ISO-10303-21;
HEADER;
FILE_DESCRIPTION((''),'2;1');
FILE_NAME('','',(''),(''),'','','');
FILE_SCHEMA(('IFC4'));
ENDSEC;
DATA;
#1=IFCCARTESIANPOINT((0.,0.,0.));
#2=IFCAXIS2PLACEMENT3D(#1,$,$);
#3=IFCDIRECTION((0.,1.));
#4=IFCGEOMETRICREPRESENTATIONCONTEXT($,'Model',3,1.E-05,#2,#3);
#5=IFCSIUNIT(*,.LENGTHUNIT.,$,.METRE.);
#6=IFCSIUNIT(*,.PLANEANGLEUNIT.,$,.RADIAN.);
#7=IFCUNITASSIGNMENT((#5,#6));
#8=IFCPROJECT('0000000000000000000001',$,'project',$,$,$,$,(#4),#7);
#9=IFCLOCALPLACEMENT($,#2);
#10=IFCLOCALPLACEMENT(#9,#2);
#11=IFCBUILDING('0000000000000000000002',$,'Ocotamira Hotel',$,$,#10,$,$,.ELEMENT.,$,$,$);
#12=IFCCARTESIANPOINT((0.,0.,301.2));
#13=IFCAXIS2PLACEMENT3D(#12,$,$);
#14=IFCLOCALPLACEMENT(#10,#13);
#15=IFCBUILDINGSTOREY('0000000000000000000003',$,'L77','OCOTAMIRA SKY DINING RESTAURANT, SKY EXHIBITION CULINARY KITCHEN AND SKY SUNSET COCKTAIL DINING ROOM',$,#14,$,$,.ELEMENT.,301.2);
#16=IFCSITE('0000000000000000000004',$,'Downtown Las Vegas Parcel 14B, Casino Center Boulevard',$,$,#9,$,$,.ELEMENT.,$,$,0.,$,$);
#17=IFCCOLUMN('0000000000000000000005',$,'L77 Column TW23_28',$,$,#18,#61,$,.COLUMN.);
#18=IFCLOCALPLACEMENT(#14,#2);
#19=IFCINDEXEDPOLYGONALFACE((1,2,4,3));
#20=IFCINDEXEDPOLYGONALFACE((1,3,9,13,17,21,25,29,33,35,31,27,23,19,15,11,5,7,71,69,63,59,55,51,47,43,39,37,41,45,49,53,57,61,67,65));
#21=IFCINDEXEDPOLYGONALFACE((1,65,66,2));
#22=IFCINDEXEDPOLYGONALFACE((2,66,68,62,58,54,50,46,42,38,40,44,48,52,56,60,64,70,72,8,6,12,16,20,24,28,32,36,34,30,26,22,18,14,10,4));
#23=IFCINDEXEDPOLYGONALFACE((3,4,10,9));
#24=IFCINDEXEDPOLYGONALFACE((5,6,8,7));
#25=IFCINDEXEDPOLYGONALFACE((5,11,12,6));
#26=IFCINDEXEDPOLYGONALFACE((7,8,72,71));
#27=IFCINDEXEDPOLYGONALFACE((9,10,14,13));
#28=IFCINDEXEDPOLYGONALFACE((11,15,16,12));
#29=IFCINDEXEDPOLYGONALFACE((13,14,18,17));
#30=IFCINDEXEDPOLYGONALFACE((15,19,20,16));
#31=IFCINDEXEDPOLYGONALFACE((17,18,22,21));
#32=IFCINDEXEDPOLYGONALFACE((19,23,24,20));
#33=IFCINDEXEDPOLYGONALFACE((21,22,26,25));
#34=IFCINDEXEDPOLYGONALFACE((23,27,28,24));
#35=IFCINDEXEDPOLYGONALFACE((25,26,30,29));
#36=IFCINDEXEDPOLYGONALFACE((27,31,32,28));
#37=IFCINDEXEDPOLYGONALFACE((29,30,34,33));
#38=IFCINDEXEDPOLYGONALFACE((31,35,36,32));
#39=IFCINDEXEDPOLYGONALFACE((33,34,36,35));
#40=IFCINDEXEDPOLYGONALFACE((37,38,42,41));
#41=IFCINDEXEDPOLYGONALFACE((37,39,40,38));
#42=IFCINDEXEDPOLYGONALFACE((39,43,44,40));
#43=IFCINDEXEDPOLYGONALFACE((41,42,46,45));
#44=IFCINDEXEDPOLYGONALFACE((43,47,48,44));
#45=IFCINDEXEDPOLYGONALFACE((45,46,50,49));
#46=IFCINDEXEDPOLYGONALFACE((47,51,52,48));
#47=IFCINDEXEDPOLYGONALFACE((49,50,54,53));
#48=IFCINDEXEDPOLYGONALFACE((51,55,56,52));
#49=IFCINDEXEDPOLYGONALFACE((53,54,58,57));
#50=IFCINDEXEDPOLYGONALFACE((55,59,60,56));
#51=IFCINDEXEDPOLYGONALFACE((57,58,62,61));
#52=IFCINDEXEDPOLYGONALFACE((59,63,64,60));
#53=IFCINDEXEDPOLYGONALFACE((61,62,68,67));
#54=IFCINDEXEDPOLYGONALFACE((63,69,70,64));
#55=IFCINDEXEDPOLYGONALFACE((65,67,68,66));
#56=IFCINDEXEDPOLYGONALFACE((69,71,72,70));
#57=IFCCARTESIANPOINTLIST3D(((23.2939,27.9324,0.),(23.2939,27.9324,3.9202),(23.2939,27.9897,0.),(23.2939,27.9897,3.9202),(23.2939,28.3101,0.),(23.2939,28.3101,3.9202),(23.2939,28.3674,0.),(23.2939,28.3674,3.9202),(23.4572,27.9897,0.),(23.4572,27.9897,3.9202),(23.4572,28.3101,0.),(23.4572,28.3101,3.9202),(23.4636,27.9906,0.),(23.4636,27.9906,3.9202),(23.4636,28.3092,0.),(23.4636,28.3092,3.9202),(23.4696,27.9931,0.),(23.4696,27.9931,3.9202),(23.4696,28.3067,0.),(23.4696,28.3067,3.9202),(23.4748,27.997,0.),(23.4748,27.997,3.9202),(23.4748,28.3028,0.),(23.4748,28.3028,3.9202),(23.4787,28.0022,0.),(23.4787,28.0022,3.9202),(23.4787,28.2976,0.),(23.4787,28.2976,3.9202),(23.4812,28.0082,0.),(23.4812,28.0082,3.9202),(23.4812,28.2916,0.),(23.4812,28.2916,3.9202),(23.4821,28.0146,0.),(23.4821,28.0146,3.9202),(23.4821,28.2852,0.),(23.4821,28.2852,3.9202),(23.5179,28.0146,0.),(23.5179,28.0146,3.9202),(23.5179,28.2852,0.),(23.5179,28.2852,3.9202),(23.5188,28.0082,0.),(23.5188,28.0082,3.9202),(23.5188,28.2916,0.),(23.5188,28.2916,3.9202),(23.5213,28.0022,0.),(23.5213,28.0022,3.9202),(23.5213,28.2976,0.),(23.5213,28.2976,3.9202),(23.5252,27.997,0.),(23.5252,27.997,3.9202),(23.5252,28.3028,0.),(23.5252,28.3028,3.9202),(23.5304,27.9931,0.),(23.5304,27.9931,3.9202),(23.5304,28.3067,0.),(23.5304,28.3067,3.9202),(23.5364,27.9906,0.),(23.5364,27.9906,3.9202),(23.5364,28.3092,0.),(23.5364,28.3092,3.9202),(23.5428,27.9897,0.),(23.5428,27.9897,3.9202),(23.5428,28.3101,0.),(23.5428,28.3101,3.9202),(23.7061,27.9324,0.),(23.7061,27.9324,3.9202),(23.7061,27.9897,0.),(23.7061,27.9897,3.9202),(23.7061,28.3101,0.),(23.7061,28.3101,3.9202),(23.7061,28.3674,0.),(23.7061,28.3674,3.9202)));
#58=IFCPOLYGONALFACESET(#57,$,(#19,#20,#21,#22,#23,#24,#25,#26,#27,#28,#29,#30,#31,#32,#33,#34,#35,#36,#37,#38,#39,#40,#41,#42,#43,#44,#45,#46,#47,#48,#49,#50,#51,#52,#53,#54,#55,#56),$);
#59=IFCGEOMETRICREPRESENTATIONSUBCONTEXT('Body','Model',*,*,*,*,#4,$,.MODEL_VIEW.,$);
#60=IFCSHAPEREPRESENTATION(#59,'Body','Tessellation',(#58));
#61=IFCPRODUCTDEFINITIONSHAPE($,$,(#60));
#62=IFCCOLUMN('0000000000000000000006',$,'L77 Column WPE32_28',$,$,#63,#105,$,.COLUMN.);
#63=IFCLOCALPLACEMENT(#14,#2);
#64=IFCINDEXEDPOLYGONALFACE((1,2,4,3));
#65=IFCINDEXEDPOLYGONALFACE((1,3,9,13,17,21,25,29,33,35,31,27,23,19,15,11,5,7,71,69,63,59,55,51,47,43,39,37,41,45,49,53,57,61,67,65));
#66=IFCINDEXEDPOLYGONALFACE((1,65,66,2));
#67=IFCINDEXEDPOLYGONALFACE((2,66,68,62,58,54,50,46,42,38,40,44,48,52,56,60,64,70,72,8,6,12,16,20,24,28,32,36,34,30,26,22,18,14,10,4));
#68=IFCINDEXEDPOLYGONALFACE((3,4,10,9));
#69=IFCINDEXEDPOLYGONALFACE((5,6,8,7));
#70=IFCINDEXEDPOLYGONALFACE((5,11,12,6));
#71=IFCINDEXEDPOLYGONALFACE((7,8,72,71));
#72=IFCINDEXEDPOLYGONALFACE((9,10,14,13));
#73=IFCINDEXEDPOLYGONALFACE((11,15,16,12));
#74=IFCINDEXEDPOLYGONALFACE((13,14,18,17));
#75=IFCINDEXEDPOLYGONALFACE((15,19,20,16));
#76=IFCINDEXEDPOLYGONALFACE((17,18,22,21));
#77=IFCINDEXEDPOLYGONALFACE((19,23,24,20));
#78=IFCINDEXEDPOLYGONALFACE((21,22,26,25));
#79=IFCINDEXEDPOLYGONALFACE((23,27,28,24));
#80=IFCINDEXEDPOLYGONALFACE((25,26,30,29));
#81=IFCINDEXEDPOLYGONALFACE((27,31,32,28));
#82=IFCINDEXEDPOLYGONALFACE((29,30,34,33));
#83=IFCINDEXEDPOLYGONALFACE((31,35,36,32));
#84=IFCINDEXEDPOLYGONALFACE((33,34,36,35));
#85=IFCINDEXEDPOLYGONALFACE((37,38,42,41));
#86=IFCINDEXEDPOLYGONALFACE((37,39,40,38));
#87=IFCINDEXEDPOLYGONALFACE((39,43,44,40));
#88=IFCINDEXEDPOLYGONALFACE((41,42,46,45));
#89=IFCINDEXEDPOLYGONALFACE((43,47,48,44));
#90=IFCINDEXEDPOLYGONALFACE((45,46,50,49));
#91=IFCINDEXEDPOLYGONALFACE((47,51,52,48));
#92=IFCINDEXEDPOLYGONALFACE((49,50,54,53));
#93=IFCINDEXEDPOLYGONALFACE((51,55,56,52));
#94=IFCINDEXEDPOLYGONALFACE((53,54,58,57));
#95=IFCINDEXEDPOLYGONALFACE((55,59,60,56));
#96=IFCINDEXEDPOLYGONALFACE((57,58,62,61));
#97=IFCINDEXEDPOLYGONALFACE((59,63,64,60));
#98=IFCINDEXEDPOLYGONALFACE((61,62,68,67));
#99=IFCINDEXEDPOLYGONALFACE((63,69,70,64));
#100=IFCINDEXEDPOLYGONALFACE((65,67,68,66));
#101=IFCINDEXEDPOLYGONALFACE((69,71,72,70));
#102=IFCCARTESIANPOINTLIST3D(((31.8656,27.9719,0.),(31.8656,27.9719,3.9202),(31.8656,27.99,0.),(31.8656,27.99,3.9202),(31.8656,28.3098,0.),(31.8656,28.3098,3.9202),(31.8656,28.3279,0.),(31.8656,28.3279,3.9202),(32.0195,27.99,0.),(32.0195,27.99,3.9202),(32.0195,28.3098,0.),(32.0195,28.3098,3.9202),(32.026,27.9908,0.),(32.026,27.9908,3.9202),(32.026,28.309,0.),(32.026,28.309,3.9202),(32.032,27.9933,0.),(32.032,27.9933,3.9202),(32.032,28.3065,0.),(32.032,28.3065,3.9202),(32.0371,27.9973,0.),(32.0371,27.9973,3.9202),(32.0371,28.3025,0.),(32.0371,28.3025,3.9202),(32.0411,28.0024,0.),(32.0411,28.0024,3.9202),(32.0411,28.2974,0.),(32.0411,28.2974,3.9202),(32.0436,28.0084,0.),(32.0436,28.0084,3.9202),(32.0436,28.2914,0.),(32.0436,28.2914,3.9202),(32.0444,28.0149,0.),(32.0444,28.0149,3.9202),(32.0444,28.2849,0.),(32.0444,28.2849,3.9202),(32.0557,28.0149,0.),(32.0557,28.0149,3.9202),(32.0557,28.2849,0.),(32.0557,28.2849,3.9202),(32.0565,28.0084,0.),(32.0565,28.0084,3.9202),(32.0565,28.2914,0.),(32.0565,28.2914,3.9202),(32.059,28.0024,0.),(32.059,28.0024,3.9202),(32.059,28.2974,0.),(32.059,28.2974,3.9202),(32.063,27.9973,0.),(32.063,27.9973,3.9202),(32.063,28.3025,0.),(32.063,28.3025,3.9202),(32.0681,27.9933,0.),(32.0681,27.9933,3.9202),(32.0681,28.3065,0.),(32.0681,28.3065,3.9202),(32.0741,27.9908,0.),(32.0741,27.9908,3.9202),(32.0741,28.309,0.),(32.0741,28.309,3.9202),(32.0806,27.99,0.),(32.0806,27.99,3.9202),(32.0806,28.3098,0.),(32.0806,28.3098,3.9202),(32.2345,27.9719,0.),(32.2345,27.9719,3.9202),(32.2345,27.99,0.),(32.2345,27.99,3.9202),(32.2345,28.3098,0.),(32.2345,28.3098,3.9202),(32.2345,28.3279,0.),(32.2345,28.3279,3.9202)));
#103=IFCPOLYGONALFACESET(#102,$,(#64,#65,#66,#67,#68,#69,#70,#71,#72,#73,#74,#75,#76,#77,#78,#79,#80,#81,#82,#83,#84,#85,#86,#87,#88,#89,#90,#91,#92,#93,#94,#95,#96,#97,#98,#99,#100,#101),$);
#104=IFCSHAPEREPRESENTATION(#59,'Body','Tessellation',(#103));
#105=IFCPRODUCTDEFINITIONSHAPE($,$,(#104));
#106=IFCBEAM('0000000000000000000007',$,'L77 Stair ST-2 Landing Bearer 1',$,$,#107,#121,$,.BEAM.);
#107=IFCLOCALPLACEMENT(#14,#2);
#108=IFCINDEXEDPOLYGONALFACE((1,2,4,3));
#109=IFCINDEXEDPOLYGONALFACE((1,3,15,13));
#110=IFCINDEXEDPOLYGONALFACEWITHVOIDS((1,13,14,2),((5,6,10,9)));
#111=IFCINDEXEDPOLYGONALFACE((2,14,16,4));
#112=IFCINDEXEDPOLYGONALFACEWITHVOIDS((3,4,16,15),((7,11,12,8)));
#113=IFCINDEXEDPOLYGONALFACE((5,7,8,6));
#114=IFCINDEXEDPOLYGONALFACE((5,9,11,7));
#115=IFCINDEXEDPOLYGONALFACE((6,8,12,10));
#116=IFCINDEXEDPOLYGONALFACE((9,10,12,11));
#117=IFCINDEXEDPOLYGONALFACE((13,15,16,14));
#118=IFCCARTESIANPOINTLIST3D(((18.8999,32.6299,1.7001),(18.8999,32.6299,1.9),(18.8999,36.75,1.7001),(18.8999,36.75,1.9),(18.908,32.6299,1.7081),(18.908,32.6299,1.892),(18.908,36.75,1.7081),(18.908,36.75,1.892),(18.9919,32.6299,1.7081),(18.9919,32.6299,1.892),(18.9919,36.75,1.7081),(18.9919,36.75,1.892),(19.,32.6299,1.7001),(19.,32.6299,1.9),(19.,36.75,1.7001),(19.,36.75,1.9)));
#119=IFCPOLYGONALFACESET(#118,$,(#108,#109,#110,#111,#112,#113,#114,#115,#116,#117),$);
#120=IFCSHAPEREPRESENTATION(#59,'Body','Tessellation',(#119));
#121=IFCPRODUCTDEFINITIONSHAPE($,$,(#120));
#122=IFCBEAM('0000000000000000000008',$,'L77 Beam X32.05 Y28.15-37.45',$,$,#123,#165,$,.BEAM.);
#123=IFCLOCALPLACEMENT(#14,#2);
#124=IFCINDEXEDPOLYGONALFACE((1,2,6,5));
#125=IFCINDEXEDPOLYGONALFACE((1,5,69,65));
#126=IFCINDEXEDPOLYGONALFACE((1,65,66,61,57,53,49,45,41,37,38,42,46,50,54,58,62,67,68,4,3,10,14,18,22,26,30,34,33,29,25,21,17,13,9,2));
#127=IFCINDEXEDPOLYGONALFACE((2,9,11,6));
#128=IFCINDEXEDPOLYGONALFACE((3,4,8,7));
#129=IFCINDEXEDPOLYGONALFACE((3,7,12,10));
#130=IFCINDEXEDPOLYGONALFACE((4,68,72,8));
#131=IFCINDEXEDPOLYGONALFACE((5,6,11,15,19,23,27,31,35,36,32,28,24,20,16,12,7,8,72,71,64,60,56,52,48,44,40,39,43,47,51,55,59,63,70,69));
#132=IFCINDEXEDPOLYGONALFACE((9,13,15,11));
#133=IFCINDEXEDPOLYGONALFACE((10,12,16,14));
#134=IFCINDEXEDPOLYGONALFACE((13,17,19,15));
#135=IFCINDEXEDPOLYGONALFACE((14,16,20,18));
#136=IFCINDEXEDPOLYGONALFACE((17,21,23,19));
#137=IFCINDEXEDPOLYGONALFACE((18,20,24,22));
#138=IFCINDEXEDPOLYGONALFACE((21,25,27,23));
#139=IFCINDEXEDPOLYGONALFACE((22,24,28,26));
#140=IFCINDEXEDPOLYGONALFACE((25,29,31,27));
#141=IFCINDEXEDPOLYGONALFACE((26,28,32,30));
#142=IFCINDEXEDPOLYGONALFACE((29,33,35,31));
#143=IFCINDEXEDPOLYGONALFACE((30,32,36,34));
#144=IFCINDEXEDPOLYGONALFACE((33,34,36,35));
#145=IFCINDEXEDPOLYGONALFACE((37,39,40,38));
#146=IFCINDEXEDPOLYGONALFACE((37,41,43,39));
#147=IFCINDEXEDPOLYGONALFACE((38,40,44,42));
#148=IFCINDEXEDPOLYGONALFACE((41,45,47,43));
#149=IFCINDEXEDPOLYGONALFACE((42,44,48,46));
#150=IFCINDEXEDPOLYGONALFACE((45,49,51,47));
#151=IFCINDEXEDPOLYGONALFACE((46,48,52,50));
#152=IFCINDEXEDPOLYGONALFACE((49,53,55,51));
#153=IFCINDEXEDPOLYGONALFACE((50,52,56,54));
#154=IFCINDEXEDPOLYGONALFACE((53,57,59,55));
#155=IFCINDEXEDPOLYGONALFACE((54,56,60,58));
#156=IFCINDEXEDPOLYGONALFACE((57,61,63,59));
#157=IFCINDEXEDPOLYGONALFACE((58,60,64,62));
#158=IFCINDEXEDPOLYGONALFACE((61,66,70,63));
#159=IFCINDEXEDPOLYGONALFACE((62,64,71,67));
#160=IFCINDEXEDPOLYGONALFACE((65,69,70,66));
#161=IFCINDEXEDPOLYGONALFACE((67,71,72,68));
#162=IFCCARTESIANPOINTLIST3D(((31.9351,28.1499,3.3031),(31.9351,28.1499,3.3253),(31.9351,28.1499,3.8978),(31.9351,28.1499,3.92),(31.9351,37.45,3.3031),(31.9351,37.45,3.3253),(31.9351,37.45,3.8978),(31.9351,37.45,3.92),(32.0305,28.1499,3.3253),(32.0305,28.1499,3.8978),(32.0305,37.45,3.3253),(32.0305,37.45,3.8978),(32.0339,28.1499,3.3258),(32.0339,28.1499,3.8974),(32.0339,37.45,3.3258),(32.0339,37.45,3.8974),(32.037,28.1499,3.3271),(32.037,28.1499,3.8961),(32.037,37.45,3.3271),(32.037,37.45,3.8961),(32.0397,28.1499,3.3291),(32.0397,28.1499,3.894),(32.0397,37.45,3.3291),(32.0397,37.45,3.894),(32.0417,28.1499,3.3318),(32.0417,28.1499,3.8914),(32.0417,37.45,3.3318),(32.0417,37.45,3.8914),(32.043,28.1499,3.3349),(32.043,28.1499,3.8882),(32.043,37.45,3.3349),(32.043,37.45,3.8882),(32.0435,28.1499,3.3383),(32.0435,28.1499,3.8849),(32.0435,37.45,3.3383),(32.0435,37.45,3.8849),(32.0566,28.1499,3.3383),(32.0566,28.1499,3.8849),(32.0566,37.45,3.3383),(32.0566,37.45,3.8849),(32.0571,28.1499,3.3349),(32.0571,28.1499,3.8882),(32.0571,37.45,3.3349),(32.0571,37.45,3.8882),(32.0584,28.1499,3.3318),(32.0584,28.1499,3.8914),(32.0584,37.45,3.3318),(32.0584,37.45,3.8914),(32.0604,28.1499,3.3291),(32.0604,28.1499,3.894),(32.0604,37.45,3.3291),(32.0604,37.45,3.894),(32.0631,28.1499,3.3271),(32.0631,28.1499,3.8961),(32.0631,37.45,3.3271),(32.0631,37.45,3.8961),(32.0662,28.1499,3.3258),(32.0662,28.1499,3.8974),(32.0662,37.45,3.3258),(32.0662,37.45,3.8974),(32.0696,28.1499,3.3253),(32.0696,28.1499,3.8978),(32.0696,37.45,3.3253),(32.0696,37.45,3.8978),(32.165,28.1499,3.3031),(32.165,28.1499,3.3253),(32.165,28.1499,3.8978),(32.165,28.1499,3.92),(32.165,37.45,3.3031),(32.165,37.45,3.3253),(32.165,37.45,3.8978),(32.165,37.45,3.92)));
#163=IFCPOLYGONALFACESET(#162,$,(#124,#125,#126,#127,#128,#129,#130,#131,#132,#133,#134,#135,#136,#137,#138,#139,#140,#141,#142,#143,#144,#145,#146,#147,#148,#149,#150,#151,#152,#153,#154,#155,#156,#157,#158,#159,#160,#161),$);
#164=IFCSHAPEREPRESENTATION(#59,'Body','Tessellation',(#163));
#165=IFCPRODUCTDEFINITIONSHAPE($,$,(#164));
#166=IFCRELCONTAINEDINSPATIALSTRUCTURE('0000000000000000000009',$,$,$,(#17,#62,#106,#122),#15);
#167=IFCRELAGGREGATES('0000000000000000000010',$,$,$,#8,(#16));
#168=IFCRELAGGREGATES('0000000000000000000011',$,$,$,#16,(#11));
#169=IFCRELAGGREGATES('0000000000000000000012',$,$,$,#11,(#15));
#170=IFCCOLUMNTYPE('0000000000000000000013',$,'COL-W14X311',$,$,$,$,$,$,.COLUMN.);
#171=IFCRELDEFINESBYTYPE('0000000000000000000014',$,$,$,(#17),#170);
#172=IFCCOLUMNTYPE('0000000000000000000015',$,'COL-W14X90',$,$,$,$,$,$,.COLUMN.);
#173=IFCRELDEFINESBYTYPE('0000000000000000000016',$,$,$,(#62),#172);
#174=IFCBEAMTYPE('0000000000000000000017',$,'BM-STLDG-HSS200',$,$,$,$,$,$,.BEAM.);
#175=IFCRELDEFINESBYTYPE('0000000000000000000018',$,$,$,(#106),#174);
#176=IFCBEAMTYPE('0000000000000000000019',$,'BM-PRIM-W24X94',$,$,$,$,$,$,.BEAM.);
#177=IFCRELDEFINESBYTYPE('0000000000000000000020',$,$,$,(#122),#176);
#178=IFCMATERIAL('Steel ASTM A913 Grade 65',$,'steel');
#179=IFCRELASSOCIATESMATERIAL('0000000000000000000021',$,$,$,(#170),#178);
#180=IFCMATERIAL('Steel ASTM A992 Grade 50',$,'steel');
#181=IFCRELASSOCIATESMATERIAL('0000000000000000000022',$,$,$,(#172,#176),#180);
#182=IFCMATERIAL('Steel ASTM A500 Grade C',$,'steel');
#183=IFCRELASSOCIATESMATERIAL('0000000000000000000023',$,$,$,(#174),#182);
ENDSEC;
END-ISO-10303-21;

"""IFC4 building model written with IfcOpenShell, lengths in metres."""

from ifc_helpers import new_model, si_unit, direction, frame, origin, origin_2d, place, context, subcontext, project, spatial, hollow_rectangle, i_section, extrude, source, transform, mapped, material, material_profile, profile_set, type_object, element, save


model = new_model("IFC4")

# Units and contexts
model_context = context("Model", 3, precision=1e-05, world=origin(), true_north=direction((0.0, 1.0)))
body_context = subcontext(model_context, "Body", "Model", "MODEL_VIEW")
ifc_project = project(units=[si_unit("LENGTHUNIT", "METRE"), si_unit("PLANEANGLEUNIT", "RADIAN")], contexts=[model_context])

# Site, building, storey
site_placement = place(None, origin())
site = spatial("IfcSite", under=ifc_project, at=site_placement, Name="Downtown Las Vegas Parcel 14B, Casino Center Boulevard", CompositionType="ELEMENT", RefElevation=0.0)
building_placement = place(site_placement, origin())
building = spatial("IfcBuilding", under=site, at=building_placement, Name="Ocotamira Hotel", CompositionType="ELEMENT")
storey_placement = place(building_placement, frame((0.0, 0.0, 301.2)))
storey = spatial("IfcBuildingStorey", under=building, at=storey_placement, Name="L77", Description="OCOTAMIRA SKY DINING RESTAURANT, SKY EXHIBITION CULINARY KITCHEN AND SKY SUNSET COCKTAIL DINING ROOM", CompositionType="ELEMENT", Elevation=301.2)

# Columns
ifc_material_1 = material(Name="Steel ASTM A913 Grade 65", Category="steel")
ifc_material_profile_1 = material_profile(ifc_material_1, i_section(OverallWidth=0.4121, OverallDepth=0.4351, WebThickness=0.0359, FlangeThickness=0.0574, FilletRadius=0.0249, at=origin_2d()), Name="W14X311")
ifc_profile_set_1 = profile_set([ifc_material_profile_1], Name="Steel ASTM A913 Grade 65")
column_type_1 = type_object("IfcColumnType", Name="COL-W14X311", PredefinedType="COLUMN", material=ifc_profile_set_1)
shared_shape_1 = source(origin(), body_context, "Body", "SweptSolid", [
    extrude(i_section(OverallWidth=0.4121, OverallDepth=0.4351, WebThickness=0.0359, FlangeThickness=0.0574, FilletRadius=0.0249, at=origin_2d()), origin(), (0.0, 0.0, 1.0), 3.9202),
])
column_1_placement = place(storey_placement, frame((23.5, 28.1499, 0.0), z_axis=(0.0, 0.0, 1.0), x_axis=(1.0, 0.0, 0.0)))
element("IfcColumn", 1, at=column_1_placement, inside=storey, type_object=column_type_1, Name="L77 Column TW23_28", PredefinedType="COLUMN", context=body_context, shape_type="MappedRepresentation", body=[
    mapped(shared_shape_1, transform((0.0, 0.0, 0.0), scale=1.0)),
])
ifc_material_2 = material(Name="Steel ASTM A992 Grade 50", Category="steel")
ifc_material_profile_2 = material_profile(ifc_material_2, i_section(OverallWidth=0.3689, OverallDepth=0.356, WebThickness=0.0112, FlangeThickness=0.0181, FilletRadius=0.0249, at=origin_2d()), Name="W14X90")
ifc_profile_set_2 = profile_set([ifc_material_profile_2], Name="Steel ASTM A992 Grade 50")
column_type_2 = type_object("IfcColumnType", Name="COL-W14X90", PredefinedType="COLUMN", material=ifc_profile_set_2)
shared_shape_2 = source(origin(), body_context, "Body", "SweptSolid", [
    extrude(i_section(OverallWidth=0.3689, OverallDepth=0.356, WebThickness=0.0112, FlangeThickness=0.0181, FilletRadius=0.0249, at=origin_2d()), origin(), (0.0, 0.0, 1.0), 3.9202),
])
column_2_placement = place(storey_placement, frame((32.05, 28.1499, 0.0), z_axis=(0.0, 0.0, 1.0), x_axis=(1.0, 0.0, 0.0)))
element("IfcColumn", 2, at=column_2_placement, inside=storey, type_object=column_type_2, Name="L77 Column WPE32_28", PredefinedType="COLUMN", context=body_context, shape_type="MappedRepresentation", body=[
    mapped(shared_shape_2, transform((0.0, 0.0, 0.0), scale=1.0)),
])

# Beams
ifc_material_3 = material(Name="Steel ASTM A500 Grade C", Category="steel")
ifc_material_profile_3 = material_profile(ifc_material_3, hollow_rectangle(XDim=0.1001, YDim=0.2, WallThickness=0.0081, at=origin_2d()), Name="HSS200X100X8")
ifc_profile_set_3 = profile_set([ifc_material_profile_3], Name="Steel ASTM A500 Grade C")
beam_type_1 = type_object("IfcBeamType", Name="BM-STLDG-HSS200", PredefinedType="BEAM", material=ifc_profile_set_3)
shared_shape_3 = source(origin(), body_context, "Body", "SweptSolid", [
    extrude(hollow_rectangle(XDim=0.1001, YDim=0.2, WallThickness=0.0081, at=origin_2d()), origin(), (0.0, 0.0, 1.0), 4.1201),
])
beam_1_placement = place(storey_placement, frame((18.95, 32.6299, 1.8), z_axis=(0.0, 1.0, 0.0), x_axis=(-1.0, 0.0, 0.0)))
element("IfcBeam", 3, at=beam_1_placement, inside=storey, type_object=beam_type_1, Name="L77 Stair ST-2 Landing Bearer 1", PredefinedType="BEAM", context=body_context, shape_type="MappedRepresentation", body=[
    mapped(shared_shape_3, transform((0.0, 0.0, 0.0), scale=1.0)),
])
ifc_material_profile_4 = material_profile(ifc_material_2, i_section(OverallWidth=0.23, OverallDepth=0.6169, WebThickness=0.0132, FlangeThickness=0.0222, FilletRadius=0.0129, at=origin_2d()), Name="W24X94")
ifc_profile_set_4 = profile_set([ifc_material_profile_4], Name="Steel ASTM A992 Grade 50")
beam_type_2 = type_object("IfcBeamType", Name="BM-PRIM-W24X94", PredefinedType="BEAM", material=ifc_profile_set_4)
shared_shape_4 = source(origin(), body_context, "Body", "SweptSolid", [
    extrude(i_section(OverallWidth=0.23, OverallDepth=0.6169, WebThickness=0.0132, FlangeThickness=0.0222, FilletRadius=0.0129, at=origin_2d()), origin(), (0.0, 0.0, 1.0), 9.3),
])
beam_2_placement = place(storey_placement, frame((32.05, 28.1499, 3.6116), z_axis=(0.0, 1.0, 0.0), x_axis=(-1.0, 0.0, 0.0)))
element("IfcBeam", 4, at=beam_2_placement, inside=storey, type_object=beam_type_2, Name="L77 Beam X32.05 Y28.15-37.45", PredefinedType="BEAM", context=body_context, shape_type="MappedRepresentation", body=[
    mapped(shared_shape_4, transform((0.0, 0.0, 0.0), scale=1.0)),
])

save(model, "model.ifc")
